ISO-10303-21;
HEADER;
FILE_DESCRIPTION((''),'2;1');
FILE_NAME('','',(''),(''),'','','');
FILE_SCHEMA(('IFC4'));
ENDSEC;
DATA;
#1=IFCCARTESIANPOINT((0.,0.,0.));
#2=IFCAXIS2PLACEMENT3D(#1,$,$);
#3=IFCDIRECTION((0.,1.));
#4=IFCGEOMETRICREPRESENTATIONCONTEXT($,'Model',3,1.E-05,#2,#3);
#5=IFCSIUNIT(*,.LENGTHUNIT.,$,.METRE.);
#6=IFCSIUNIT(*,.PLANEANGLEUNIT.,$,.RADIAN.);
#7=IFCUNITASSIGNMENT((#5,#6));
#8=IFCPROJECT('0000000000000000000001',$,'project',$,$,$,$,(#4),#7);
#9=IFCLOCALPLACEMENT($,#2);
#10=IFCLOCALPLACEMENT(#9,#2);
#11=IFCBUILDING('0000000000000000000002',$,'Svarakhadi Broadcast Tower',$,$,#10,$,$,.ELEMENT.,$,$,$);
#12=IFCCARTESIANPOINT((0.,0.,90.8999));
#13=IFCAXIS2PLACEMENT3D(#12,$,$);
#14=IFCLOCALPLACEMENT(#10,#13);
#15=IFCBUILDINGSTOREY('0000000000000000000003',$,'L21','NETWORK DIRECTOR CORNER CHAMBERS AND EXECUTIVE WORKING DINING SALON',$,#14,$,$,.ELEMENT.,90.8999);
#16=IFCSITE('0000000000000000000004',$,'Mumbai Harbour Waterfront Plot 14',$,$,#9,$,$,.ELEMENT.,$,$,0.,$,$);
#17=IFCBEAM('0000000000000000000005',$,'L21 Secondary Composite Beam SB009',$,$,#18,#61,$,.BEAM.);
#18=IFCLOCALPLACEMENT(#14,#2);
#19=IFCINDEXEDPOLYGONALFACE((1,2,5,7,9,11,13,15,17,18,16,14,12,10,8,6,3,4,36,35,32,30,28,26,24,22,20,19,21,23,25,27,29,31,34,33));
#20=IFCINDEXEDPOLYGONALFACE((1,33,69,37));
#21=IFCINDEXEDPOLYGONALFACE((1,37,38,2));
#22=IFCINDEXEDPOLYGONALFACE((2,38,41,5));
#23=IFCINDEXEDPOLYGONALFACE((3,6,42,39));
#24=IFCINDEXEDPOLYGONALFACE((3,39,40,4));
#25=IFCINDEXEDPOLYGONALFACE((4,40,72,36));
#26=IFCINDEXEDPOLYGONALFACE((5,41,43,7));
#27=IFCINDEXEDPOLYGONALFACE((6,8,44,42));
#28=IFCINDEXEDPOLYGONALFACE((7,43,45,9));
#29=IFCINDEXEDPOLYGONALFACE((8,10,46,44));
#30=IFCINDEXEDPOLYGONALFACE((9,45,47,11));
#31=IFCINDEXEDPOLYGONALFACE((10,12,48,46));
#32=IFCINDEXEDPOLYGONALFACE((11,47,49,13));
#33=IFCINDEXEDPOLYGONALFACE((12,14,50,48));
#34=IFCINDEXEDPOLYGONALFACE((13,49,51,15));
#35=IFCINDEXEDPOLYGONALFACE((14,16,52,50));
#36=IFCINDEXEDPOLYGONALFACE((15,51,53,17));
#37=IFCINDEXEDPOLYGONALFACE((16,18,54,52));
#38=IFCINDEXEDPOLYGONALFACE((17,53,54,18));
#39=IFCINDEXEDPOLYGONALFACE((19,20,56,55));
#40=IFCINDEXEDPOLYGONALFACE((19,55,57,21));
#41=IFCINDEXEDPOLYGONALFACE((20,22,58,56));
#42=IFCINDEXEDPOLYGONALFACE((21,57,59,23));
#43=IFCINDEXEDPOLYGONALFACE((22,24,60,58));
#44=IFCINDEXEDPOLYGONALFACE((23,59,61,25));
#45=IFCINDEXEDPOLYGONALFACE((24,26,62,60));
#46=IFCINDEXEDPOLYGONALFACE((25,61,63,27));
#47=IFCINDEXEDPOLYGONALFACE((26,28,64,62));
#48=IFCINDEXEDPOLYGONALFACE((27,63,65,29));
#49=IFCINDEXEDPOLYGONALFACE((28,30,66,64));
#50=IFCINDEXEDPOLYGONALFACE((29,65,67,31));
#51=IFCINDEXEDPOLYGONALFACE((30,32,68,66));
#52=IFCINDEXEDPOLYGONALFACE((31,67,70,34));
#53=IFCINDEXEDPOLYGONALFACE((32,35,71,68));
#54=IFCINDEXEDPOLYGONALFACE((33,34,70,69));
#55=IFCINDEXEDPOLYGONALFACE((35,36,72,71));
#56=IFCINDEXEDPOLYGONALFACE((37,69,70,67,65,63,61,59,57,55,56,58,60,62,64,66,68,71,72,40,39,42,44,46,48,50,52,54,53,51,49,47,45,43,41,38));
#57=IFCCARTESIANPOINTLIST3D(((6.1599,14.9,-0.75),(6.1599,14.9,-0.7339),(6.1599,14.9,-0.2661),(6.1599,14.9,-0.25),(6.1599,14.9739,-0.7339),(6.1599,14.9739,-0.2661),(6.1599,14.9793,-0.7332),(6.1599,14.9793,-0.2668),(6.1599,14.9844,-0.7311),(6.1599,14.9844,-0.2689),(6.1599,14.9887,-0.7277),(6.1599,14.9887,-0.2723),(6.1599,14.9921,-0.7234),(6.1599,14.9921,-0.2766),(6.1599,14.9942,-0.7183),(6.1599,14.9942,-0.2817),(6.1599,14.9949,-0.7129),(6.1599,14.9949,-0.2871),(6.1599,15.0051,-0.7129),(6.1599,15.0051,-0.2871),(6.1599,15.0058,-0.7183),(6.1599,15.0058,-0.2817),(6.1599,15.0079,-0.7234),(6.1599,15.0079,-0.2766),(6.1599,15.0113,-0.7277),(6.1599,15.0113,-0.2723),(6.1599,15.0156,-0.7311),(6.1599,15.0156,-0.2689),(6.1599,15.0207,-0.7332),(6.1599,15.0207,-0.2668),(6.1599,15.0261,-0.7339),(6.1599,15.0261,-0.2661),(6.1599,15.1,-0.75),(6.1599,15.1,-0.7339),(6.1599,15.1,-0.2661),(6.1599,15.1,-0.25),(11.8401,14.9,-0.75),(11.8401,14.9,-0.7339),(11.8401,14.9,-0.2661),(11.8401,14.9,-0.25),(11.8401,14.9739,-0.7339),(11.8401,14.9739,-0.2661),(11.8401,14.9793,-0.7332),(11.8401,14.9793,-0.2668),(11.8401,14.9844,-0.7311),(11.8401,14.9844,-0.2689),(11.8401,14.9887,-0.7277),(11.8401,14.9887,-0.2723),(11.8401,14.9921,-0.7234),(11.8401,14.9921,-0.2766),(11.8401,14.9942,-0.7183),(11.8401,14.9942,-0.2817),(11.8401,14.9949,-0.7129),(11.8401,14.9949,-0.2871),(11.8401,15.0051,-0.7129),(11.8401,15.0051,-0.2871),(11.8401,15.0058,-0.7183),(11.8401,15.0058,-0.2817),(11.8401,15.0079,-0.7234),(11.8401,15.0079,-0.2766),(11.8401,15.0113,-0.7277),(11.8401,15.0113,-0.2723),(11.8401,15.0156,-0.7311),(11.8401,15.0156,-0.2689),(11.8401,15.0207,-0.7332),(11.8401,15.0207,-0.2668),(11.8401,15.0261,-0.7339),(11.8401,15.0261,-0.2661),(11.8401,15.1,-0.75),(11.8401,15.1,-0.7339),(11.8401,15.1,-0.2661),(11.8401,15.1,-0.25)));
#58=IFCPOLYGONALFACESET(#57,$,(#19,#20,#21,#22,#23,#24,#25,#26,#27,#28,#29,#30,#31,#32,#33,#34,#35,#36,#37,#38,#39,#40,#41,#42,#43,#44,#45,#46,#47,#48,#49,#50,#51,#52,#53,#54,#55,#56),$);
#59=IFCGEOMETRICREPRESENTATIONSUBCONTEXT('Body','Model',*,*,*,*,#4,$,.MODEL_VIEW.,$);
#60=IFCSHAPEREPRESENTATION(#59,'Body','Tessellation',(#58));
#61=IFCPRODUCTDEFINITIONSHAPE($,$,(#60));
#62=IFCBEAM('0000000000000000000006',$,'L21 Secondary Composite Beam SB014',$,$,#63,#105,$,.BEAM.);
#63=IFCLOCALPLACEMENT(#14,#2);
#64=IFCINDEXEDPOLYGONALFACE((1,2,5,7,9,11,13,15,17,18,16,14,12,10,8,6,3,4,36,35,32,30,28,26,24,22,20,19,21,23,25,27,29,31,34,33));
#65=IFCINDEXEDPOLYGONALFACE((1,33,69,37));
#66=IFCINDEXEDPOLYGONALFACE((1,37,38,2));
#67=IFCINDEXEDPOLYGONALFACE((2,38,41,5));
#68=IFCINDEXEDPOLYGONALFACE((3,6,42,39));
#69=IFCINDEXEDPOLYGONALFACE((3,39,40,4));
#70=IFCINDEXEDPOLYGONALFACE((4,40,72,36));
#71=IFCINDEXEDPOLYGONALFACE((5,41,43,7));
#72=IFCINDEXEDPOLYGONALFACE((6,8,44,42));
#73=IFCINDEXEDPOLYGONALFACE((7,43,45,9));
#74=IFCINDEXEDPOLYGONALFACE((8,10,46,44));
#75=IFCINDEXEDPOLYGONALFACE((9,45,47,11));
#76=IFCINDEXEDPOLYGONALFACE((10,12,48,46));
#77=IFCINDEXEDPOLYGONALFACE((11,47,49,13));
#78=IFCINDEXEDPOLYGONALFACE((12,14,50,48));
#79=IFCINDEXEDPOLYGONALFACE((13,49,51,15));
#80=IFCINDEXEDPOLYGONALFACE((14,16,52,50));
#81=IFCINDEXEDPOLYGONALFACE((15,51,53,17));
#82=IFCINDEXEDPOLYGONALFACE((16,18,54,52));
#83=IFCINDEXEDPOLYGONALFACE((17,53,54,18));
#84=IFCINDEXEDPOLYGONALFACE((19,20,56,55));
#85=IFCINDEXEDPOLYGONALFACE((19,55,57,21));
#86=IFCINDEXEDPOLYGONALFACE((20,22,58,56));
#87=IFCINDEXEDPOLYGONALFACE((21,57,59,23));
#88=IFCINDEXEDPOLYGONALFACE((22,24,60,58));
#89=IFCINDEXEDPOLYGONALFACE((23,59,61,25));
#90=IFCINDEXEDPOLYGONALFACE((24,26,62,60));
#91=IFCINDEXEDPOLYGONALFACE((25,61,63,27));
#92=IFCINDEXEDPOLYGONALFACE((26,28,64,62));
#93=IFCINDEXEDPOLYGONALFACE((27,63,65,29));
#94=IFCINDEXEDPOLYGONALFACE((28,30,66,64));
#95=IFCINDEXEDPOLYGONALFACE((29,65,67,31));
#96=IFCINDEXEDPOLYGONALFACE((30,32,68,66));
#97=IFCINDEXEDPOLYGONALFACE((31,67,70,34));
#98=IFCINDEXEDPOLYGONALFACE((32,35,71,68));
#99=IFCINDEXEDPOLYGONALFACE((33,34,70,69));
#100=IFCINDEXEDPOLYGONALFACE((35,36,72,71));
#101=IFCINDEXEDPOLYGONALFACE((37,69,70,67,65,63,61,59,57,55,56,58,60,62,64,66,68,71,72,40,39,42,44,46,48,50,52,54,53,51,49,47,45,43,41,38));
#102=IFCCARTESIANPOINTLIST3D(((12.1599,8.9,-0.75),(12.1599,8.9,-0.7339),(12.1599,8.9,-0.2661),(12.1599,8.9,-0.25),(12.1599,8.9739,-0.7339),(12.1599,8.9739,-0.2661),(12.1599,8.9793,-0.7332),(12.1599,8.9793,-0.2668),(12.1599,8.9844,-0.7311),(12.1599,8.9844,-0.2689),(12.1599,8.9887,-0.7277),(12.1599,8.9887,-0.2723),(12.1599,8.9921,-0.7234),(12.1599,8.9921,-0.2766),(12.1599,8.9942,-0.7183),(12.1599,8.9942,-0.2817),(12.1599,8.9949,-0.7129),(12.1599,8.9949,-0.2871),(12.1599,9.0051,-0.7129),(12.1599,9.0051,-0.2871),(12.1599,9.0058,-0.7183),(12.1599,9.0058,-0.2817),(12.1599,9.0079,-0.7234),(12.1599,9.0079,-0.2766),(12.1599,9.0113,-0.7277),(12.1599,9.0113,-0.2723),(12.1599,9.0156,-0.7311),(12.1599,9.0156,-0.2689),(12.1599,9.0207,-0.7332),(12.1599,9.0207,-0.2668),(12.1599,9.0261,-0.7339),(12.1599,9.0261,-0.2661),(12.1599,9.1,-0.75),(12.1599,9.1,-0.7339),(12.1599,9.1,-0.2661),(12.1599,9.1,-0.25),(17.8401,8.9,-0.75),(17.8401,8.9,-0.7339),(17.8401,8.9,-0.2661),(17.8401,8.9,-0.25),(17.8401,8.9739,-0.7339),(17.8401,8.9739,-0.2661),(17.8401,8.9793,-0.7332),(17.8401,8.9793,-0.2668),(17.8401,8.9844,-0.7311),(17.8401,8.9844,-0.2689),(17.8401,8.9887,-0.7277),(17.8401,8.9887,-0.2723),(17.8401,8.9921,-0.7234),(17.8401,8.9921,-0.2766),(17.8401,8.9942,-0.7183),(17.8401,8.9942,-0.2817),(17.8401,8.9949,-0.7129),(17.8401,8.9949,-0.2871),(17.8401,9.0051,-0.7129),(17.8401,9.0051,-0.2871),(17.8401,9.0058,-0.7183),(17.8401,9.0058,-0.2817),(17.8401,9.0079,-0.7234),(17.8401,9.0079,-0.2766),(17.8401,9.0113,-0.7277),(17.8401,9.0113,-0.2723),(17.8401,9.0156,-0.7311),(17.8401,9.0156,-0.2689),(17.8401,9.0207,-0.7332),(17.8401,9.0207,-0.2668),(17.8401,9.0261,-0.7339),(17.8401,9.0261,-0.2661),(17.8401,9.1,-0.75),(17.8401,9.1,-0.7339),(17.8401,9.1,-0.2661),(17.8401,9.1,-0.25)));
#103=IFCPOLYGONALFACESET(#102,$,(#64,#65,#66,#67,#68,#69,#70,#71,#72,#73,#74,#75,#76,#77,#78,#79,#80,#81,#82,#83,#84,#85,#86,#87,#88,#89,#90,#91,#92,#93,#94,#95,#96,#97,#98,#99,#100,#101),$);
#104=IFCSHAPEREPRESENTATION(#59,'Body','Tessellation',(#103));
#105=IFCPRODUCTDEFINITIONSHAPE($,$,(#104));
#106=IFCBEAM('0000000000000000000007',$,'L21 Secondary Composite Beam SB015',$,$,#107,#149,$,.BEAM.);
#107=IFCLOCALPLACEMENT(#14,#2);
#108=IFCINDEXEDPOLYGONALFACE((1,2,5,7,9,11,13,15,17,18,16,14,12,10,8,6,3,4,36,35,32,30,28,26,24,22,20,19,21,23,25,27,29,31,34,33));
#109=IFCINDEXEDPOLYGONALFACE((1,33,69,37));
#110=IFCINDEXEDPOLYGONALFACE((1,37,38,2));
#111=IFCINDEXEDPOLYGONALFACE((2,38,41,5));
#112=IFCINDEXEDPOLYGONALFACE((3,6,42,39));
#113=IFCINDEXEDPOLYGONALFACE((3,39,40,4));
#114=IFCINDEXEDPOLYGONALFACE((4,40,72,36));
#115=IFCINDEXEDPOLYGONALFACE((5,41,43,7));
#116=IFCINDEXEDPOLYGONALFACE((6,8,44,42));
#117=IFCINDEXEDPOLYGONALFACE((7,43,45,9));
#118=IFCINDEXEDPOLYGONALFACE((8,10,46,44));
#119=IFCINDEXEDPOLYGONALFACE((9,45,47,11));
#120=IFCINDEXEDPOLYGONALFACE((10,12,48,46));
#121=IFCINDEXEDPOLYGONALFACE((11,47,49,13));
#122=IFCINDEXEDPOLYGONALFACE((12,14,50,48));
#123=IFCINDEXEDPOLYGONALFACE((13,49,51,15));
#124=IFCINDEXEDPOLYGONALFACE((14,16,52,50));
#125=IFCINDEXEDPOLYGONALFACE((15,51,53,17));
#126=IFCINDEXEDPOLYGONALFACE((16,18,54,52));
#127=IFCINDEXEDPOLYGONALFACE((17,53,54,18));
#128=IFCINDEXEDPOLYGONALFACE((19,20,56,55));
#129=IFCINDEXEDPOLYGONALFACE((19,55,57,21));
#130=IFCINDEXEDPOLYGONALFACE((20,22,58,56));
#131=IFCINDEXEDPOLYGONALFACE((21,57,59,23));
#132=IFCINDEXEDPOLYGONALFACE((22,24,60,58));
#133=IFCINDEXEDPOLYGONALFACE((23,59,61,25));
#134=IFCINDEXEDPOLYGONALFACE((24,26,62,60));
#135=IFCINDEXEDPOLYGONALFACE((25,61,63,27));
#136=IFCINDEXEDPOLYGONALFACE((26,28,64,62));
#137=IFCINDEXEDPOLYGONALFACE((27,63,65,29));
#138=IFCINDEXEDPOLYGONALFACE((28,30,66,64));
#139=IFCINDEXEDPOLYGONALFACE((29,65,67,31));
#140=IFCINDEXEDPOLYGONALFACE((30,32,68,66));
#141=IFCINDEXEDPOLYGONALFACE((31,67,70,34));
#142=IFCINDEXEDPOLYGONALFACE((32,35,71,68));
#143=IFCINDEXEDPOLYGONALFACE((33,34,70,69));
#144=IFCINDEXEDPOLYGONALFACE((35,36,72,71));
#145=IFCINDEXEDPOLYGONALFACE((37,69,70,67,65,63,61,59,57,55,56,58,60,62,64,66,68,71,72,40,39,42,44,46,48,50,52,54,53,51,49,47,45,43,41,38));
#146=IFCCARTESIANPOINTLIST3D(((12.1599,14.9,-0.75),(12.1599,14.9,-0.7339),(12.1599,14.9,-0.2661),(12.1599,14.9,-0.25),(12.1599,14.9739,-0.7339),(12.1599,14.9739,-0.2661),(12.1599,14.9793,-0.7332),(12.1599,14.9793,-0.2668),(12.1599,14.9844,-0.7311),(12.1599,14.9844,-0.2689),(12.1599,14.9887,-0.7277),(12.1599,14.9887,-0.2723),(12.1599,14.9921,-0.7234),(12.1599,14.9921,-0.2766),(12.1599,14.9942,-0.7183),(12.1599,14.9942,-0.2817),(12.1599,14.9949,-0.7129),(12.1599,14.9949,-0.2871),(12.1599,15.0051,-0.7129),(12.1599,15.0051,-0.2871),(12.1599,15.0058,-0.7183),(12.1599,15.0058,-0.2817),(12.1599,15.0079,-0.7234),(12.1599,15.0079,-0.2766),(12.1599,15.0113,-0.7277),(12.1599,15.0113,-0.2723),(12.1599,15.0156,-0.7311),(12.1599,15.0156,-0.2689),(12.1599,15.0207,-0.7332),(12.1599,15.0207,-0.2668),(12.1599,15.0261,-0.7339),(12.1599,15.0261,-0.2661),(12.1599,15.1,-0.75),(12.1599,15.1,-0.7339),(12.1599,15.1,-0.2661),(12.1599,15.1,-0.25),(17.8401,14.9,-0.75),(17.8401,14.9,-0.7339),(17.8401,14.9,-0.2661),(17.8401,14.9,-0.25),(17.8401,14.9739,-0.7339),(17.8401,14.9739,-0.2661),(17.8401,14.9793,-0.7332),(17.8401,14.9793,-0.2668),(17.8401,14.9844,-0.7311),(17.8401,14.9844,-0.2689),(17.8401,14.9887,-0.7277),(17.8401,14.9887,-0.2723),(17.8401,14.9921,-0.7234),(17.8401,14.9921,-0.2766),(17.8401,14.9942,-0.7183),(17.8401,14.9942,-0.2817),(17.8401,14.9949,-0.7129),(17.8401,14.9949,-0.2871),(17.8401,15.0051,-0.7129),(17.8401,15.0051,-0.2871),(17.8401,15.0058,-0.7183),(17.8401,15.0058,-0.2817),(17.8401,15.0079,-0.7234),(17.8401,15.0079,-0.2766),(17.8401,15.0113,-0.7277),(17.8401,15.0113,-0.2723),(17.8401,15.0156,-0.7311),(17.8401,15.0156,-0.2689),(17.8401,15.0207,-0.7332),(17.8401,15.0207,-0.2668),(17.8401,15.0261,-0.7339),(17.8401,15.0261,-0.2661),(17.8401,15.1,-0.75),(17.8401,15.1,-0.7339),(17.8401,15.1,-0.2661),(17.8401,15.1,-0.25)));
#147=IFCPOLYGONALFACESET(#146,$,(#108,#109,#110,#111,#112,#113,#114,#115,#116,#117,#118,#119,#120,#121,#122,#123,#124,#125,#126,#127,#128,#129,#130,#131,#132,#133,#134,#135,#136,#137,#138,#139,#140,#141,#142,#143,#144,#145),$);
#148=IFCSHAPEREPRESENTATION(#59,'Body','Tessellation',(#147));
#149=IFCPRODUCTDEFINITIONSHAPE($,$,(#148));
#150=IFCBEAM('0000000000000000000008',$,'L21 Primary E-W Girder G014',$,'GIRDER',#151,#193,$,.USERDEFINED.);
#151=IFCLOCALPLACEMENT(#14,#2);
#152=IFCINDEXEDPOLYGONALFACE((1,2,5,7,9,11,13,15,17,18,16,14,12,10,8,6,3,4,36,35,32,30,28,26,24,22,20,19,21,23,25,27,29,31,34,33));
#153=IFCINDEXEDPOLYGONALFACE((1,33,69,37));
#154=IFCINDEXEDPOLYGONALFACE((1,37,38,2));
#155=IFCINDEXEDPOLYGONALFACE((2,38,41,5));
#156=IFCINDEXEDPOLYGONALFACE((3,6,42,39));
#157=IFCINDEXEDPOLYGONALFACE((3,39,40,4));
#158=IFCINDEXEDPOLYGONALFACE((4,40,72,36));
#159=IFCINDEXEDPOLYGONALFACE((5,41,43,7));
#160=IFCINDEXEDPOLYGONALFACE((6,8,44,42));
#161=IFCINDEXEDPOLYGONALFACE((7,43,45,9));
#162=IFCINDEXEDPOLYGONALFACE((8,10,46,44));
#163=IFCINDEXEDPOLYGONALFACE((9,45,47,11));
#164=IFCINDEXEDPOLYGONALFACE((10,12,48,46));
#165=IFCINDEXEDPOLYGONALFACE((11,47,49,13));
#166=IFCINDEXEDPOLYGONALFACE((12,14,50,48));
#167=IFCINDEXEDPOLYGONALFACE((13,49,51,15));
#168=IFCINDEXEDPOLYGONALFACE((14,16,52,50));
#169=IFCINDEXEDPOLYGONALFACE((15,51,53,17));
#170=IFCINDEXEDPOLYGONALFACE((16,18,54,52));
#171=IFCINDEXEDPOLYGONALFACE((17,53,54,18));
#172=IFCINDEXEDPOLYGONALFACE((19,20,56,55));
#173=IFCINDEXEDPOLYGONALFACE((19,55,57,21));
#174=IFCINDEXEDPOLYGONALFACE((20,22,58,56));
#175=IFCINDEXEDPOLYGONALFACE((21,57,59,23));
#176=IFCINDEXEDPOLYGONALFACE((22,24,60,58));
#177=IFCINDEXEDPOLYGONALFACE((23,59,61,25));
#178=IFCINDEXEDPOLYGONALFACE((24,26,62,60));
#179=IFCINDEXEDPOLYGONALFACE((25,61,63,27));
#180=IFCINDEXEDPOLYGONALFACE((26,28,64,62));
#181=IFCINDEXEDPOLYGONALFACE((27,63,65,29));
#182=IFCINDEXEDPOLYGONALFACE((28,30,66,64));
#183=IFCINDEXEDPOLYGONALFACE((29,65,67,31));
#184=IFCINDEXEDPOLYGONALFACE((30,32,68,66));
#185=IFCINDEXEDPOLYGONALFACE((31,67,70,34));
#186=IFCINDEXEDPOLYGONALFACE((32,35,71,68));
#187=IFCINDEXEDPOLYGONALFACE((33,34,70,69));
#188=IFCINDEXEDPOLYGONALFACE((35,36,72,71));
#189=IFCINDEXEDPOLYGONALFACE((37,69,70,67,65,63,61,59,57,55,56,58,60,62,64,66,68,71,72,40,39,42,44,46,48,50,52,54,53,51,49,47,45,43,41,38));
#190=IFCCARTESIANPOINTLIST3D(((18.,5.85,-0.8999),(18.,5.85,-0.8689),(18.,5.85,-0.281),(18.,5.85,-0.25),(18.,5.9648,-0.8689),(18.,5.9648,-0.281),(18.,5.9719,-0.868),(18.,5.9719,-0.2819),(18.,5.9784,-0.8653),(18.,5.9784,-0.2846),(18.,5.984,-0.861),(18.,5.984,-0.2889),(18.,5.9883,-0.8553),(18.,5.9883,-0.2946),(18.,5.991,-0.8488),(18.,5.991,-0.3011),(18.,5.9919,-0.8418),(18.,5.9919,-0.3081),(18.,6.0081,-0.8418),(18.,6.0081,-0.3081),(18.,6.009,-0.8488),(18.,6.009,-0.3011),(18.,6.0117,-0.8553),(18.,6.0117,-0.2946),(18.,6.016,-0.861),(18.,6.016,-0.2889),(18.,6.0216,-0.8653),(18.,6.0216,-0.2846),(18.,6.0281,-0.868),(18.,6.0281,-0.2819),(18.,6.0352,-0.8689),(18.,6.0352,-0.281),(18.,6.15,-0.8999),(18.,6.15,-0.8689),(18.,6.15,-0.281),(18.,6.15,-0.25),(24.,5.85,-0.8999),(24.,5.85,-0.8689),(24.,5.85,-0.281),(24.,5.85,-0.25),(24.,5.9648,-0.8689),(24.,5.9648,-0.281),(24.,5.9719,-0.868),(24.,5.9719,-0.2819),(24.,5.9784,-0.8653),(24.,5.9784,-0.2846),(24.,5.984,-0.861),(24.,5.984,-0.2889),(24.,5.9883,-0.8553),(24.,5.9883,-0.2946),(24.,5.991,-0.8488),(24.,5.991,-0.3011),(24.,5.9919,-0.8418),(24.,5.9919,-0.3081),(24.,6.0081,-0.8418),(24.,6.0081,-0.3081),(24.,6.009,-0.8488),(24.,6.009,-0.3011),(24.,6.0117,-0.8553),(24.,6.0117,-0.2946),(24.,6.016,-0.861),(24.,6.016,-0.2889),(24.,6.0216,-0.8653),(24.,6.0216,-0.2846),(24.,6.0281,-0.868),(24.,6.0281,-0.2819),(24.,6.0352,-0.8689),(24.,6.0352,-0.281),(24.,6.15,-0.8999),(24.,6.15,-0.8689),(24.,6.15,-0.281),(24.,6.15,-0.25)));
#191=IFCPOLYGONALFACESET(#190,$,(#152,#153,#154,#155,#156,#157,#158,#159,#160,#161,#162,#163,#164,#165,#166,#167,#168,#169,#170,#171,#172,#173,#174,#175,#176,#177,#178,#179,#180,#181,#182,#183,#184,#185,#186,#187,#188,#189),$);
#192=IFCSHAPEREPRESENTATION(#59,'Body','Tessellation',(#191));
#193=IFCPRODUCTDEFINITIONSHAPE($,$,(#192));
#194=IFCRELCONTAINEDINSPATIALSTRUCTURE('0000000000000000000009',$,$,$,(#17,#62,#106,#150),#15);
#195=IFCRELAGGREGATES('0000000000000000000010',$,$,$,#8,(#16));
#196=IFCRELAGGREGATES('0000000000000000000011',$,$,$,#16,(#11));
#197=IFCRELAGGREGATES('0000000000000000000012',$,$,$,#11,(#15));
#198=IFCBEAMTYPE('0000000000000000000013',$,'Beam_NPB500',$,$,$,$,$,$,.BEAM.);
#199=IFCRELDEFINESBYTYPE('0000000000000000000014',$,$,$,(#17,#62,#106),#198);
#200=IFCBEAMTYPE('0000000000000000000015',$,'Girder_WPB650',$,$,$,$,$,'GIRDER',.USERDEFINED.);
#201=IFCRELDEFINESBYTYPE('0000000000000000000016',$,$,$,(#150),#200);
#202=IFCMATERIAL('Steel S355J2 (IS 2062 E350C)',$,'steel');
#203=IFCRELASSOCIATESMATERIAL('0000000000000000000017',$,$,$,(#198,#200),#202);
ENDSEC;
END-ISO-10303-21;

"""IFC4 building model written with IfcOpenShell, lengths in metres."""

from ifc_helpers import new_model, si_unit, direction, frame, origin, origin_2d, place, context, subcontext, project, spatial, i_section, extrude, material, material_profile, profile_set, type_object, element, save


model = new_model("IFC4")

# Units and contexts
model_context = context("Model", 3, precision=1e-05, world=origin(), true_north=direction((0.0, 1.0)))
body_context = subcontext(model_context, "Body", "Model", "MODEL_VIEW")
ifc_project = project(units=[si_unit("LENGTHUNIT", "METRE"), si_unit("PLANEANGLEUNIT", "RADIAN")], contexts=[model_context])

# Site, building, storey
site_placement = place(None, origin())
site = spatial("IfcSite", under=ifc_project, at=site_placement, Name="Mumbai Harbour Waterfront Plot 14", CompositionType="ELEMENT", RefElevation=0.0)
building_placement = place(site_placement, origin())
building = spatial("IfcBuilding", under=site, at=building_placement, Name="Svarakhadi Broadcast Tower", CompositionType="ELEMENT")
storey_placement = place(building_placement, frame((0.0, 0.0, 90.8999)))
storey = spatial("IfcBuildingStorey", under=building, at=storey_placement, Name="L21", Description="NETWORK DIRECTOR CORNER CHAMBERS AND EXECUTIVE WORKING DINING SALON", CompositionType="ELEMENT", Elevation=90.8999)

# Beams
ifc_material_1 = material(Name="Steel S355J2 (IS 2062 E350C)", Category="steel")
ifc_material_profile_1 = material_profile(ifc_material_1, i_section(OverallWidth=0.2, OverallDepth=0.5, WebThickness=0.0103, FlangeThickness=0.0161, FilletRadius=0.021, at=origin_2d()), Name="NPB 500x200x91")
ifc_profile_set_1 = profile_set([ifc_material_profile_1], Name="Steel S355J2 (IS 2062 E350C)")
beam_type_1 = type_object("IfcBeamType", Name="Beam_NPB500", PredefinedType="BEAM", material=ifc_profile_set_1)
for number, where, z_axis, x_axis, name in (
    (1, (6.1599, 15.0, -0.5), (1.0, 0.0, 0.0), (0.0, 1.0, 0.0), "L21 Secondary Composite Beam SB009"),
    (2, (12.1599, 9.0, -0.5), (1.0, 0.0, 0.0), (0.0, 1.0, 0.0), "L21 Secondary Composite Beam SB014"),
    (3, (12.1599, 15.0, -0.5), (1.0, 0.0, 0.0), (0.0, 1.0, 0.0), "L21 Secondary Composite Beam SB015"),
):
    element("IfcBeam", number, at=place(storey_placement, frame(where, z_axis=z_axis, x_axis=x_axis)), inside=storey, type_object=beam_type_1, Name=name, PredefinedType="BEAM", context=body_context, shape_type="SweptSolid", body=[
        extrude(i_section(OverallWidth=0.2, OverallDepth=0.5, WebThickness=0.0103, FlangeThickness=0.0161, FilletRadius=0.021, at=origin_2d()), origin(), (0.0, 0.0, 1.0), 5.6802),
    ])
ifc_material_profile_2 = material_profile(ifc_material_1, i_section(OverallWidth=0.3, OverallDepth=0.6499, WebThickness=0.0161, FlangeThickness=0.031, FilletRadius=0.0271, at=origin_2d()), Name="WPB 650x300x225")
ifc_profile_set_2 = profile_set([ifc_material_profile_2], Name="Steel S355J2 (IS 2062 E350C)")
beam_type_2 = type_object("IfcBeamType", Name="Girder_WPB650", ElementType="GIRDER", PredefinedType="USERDEFINED", material=ifc_profile_set_2)
for number, where, z_axis, x_axis, name in (
    (4, (18.0, 6.0, -0.575), (1.0, 0.0, 0.0), (0.0, 1.0, 0.0), "L21 Primary E-W Girder G014"),
):
    element("IfcBeam", number, at=place(storey_placement, frame(where, z_axis=z_axis, x_axis=x_axis)), inside=storey, type_object=beam_type_2, Name=name, ObjectType="GIRDER", PredefinedType="USERDEFINED", context=body_context, shape_type="SweptSolid", body=[
        extrude(i_section(OverallWidth=0.3, OverallDepth=0.6499, WebThickness=0.0161, FlangeThickness=0.031, FilletRadius=0.0271, at=origin_2d()), origin(), (0.0, 0.0, 1.0), 6.0),
    ])

save(model, "model.ifc")
